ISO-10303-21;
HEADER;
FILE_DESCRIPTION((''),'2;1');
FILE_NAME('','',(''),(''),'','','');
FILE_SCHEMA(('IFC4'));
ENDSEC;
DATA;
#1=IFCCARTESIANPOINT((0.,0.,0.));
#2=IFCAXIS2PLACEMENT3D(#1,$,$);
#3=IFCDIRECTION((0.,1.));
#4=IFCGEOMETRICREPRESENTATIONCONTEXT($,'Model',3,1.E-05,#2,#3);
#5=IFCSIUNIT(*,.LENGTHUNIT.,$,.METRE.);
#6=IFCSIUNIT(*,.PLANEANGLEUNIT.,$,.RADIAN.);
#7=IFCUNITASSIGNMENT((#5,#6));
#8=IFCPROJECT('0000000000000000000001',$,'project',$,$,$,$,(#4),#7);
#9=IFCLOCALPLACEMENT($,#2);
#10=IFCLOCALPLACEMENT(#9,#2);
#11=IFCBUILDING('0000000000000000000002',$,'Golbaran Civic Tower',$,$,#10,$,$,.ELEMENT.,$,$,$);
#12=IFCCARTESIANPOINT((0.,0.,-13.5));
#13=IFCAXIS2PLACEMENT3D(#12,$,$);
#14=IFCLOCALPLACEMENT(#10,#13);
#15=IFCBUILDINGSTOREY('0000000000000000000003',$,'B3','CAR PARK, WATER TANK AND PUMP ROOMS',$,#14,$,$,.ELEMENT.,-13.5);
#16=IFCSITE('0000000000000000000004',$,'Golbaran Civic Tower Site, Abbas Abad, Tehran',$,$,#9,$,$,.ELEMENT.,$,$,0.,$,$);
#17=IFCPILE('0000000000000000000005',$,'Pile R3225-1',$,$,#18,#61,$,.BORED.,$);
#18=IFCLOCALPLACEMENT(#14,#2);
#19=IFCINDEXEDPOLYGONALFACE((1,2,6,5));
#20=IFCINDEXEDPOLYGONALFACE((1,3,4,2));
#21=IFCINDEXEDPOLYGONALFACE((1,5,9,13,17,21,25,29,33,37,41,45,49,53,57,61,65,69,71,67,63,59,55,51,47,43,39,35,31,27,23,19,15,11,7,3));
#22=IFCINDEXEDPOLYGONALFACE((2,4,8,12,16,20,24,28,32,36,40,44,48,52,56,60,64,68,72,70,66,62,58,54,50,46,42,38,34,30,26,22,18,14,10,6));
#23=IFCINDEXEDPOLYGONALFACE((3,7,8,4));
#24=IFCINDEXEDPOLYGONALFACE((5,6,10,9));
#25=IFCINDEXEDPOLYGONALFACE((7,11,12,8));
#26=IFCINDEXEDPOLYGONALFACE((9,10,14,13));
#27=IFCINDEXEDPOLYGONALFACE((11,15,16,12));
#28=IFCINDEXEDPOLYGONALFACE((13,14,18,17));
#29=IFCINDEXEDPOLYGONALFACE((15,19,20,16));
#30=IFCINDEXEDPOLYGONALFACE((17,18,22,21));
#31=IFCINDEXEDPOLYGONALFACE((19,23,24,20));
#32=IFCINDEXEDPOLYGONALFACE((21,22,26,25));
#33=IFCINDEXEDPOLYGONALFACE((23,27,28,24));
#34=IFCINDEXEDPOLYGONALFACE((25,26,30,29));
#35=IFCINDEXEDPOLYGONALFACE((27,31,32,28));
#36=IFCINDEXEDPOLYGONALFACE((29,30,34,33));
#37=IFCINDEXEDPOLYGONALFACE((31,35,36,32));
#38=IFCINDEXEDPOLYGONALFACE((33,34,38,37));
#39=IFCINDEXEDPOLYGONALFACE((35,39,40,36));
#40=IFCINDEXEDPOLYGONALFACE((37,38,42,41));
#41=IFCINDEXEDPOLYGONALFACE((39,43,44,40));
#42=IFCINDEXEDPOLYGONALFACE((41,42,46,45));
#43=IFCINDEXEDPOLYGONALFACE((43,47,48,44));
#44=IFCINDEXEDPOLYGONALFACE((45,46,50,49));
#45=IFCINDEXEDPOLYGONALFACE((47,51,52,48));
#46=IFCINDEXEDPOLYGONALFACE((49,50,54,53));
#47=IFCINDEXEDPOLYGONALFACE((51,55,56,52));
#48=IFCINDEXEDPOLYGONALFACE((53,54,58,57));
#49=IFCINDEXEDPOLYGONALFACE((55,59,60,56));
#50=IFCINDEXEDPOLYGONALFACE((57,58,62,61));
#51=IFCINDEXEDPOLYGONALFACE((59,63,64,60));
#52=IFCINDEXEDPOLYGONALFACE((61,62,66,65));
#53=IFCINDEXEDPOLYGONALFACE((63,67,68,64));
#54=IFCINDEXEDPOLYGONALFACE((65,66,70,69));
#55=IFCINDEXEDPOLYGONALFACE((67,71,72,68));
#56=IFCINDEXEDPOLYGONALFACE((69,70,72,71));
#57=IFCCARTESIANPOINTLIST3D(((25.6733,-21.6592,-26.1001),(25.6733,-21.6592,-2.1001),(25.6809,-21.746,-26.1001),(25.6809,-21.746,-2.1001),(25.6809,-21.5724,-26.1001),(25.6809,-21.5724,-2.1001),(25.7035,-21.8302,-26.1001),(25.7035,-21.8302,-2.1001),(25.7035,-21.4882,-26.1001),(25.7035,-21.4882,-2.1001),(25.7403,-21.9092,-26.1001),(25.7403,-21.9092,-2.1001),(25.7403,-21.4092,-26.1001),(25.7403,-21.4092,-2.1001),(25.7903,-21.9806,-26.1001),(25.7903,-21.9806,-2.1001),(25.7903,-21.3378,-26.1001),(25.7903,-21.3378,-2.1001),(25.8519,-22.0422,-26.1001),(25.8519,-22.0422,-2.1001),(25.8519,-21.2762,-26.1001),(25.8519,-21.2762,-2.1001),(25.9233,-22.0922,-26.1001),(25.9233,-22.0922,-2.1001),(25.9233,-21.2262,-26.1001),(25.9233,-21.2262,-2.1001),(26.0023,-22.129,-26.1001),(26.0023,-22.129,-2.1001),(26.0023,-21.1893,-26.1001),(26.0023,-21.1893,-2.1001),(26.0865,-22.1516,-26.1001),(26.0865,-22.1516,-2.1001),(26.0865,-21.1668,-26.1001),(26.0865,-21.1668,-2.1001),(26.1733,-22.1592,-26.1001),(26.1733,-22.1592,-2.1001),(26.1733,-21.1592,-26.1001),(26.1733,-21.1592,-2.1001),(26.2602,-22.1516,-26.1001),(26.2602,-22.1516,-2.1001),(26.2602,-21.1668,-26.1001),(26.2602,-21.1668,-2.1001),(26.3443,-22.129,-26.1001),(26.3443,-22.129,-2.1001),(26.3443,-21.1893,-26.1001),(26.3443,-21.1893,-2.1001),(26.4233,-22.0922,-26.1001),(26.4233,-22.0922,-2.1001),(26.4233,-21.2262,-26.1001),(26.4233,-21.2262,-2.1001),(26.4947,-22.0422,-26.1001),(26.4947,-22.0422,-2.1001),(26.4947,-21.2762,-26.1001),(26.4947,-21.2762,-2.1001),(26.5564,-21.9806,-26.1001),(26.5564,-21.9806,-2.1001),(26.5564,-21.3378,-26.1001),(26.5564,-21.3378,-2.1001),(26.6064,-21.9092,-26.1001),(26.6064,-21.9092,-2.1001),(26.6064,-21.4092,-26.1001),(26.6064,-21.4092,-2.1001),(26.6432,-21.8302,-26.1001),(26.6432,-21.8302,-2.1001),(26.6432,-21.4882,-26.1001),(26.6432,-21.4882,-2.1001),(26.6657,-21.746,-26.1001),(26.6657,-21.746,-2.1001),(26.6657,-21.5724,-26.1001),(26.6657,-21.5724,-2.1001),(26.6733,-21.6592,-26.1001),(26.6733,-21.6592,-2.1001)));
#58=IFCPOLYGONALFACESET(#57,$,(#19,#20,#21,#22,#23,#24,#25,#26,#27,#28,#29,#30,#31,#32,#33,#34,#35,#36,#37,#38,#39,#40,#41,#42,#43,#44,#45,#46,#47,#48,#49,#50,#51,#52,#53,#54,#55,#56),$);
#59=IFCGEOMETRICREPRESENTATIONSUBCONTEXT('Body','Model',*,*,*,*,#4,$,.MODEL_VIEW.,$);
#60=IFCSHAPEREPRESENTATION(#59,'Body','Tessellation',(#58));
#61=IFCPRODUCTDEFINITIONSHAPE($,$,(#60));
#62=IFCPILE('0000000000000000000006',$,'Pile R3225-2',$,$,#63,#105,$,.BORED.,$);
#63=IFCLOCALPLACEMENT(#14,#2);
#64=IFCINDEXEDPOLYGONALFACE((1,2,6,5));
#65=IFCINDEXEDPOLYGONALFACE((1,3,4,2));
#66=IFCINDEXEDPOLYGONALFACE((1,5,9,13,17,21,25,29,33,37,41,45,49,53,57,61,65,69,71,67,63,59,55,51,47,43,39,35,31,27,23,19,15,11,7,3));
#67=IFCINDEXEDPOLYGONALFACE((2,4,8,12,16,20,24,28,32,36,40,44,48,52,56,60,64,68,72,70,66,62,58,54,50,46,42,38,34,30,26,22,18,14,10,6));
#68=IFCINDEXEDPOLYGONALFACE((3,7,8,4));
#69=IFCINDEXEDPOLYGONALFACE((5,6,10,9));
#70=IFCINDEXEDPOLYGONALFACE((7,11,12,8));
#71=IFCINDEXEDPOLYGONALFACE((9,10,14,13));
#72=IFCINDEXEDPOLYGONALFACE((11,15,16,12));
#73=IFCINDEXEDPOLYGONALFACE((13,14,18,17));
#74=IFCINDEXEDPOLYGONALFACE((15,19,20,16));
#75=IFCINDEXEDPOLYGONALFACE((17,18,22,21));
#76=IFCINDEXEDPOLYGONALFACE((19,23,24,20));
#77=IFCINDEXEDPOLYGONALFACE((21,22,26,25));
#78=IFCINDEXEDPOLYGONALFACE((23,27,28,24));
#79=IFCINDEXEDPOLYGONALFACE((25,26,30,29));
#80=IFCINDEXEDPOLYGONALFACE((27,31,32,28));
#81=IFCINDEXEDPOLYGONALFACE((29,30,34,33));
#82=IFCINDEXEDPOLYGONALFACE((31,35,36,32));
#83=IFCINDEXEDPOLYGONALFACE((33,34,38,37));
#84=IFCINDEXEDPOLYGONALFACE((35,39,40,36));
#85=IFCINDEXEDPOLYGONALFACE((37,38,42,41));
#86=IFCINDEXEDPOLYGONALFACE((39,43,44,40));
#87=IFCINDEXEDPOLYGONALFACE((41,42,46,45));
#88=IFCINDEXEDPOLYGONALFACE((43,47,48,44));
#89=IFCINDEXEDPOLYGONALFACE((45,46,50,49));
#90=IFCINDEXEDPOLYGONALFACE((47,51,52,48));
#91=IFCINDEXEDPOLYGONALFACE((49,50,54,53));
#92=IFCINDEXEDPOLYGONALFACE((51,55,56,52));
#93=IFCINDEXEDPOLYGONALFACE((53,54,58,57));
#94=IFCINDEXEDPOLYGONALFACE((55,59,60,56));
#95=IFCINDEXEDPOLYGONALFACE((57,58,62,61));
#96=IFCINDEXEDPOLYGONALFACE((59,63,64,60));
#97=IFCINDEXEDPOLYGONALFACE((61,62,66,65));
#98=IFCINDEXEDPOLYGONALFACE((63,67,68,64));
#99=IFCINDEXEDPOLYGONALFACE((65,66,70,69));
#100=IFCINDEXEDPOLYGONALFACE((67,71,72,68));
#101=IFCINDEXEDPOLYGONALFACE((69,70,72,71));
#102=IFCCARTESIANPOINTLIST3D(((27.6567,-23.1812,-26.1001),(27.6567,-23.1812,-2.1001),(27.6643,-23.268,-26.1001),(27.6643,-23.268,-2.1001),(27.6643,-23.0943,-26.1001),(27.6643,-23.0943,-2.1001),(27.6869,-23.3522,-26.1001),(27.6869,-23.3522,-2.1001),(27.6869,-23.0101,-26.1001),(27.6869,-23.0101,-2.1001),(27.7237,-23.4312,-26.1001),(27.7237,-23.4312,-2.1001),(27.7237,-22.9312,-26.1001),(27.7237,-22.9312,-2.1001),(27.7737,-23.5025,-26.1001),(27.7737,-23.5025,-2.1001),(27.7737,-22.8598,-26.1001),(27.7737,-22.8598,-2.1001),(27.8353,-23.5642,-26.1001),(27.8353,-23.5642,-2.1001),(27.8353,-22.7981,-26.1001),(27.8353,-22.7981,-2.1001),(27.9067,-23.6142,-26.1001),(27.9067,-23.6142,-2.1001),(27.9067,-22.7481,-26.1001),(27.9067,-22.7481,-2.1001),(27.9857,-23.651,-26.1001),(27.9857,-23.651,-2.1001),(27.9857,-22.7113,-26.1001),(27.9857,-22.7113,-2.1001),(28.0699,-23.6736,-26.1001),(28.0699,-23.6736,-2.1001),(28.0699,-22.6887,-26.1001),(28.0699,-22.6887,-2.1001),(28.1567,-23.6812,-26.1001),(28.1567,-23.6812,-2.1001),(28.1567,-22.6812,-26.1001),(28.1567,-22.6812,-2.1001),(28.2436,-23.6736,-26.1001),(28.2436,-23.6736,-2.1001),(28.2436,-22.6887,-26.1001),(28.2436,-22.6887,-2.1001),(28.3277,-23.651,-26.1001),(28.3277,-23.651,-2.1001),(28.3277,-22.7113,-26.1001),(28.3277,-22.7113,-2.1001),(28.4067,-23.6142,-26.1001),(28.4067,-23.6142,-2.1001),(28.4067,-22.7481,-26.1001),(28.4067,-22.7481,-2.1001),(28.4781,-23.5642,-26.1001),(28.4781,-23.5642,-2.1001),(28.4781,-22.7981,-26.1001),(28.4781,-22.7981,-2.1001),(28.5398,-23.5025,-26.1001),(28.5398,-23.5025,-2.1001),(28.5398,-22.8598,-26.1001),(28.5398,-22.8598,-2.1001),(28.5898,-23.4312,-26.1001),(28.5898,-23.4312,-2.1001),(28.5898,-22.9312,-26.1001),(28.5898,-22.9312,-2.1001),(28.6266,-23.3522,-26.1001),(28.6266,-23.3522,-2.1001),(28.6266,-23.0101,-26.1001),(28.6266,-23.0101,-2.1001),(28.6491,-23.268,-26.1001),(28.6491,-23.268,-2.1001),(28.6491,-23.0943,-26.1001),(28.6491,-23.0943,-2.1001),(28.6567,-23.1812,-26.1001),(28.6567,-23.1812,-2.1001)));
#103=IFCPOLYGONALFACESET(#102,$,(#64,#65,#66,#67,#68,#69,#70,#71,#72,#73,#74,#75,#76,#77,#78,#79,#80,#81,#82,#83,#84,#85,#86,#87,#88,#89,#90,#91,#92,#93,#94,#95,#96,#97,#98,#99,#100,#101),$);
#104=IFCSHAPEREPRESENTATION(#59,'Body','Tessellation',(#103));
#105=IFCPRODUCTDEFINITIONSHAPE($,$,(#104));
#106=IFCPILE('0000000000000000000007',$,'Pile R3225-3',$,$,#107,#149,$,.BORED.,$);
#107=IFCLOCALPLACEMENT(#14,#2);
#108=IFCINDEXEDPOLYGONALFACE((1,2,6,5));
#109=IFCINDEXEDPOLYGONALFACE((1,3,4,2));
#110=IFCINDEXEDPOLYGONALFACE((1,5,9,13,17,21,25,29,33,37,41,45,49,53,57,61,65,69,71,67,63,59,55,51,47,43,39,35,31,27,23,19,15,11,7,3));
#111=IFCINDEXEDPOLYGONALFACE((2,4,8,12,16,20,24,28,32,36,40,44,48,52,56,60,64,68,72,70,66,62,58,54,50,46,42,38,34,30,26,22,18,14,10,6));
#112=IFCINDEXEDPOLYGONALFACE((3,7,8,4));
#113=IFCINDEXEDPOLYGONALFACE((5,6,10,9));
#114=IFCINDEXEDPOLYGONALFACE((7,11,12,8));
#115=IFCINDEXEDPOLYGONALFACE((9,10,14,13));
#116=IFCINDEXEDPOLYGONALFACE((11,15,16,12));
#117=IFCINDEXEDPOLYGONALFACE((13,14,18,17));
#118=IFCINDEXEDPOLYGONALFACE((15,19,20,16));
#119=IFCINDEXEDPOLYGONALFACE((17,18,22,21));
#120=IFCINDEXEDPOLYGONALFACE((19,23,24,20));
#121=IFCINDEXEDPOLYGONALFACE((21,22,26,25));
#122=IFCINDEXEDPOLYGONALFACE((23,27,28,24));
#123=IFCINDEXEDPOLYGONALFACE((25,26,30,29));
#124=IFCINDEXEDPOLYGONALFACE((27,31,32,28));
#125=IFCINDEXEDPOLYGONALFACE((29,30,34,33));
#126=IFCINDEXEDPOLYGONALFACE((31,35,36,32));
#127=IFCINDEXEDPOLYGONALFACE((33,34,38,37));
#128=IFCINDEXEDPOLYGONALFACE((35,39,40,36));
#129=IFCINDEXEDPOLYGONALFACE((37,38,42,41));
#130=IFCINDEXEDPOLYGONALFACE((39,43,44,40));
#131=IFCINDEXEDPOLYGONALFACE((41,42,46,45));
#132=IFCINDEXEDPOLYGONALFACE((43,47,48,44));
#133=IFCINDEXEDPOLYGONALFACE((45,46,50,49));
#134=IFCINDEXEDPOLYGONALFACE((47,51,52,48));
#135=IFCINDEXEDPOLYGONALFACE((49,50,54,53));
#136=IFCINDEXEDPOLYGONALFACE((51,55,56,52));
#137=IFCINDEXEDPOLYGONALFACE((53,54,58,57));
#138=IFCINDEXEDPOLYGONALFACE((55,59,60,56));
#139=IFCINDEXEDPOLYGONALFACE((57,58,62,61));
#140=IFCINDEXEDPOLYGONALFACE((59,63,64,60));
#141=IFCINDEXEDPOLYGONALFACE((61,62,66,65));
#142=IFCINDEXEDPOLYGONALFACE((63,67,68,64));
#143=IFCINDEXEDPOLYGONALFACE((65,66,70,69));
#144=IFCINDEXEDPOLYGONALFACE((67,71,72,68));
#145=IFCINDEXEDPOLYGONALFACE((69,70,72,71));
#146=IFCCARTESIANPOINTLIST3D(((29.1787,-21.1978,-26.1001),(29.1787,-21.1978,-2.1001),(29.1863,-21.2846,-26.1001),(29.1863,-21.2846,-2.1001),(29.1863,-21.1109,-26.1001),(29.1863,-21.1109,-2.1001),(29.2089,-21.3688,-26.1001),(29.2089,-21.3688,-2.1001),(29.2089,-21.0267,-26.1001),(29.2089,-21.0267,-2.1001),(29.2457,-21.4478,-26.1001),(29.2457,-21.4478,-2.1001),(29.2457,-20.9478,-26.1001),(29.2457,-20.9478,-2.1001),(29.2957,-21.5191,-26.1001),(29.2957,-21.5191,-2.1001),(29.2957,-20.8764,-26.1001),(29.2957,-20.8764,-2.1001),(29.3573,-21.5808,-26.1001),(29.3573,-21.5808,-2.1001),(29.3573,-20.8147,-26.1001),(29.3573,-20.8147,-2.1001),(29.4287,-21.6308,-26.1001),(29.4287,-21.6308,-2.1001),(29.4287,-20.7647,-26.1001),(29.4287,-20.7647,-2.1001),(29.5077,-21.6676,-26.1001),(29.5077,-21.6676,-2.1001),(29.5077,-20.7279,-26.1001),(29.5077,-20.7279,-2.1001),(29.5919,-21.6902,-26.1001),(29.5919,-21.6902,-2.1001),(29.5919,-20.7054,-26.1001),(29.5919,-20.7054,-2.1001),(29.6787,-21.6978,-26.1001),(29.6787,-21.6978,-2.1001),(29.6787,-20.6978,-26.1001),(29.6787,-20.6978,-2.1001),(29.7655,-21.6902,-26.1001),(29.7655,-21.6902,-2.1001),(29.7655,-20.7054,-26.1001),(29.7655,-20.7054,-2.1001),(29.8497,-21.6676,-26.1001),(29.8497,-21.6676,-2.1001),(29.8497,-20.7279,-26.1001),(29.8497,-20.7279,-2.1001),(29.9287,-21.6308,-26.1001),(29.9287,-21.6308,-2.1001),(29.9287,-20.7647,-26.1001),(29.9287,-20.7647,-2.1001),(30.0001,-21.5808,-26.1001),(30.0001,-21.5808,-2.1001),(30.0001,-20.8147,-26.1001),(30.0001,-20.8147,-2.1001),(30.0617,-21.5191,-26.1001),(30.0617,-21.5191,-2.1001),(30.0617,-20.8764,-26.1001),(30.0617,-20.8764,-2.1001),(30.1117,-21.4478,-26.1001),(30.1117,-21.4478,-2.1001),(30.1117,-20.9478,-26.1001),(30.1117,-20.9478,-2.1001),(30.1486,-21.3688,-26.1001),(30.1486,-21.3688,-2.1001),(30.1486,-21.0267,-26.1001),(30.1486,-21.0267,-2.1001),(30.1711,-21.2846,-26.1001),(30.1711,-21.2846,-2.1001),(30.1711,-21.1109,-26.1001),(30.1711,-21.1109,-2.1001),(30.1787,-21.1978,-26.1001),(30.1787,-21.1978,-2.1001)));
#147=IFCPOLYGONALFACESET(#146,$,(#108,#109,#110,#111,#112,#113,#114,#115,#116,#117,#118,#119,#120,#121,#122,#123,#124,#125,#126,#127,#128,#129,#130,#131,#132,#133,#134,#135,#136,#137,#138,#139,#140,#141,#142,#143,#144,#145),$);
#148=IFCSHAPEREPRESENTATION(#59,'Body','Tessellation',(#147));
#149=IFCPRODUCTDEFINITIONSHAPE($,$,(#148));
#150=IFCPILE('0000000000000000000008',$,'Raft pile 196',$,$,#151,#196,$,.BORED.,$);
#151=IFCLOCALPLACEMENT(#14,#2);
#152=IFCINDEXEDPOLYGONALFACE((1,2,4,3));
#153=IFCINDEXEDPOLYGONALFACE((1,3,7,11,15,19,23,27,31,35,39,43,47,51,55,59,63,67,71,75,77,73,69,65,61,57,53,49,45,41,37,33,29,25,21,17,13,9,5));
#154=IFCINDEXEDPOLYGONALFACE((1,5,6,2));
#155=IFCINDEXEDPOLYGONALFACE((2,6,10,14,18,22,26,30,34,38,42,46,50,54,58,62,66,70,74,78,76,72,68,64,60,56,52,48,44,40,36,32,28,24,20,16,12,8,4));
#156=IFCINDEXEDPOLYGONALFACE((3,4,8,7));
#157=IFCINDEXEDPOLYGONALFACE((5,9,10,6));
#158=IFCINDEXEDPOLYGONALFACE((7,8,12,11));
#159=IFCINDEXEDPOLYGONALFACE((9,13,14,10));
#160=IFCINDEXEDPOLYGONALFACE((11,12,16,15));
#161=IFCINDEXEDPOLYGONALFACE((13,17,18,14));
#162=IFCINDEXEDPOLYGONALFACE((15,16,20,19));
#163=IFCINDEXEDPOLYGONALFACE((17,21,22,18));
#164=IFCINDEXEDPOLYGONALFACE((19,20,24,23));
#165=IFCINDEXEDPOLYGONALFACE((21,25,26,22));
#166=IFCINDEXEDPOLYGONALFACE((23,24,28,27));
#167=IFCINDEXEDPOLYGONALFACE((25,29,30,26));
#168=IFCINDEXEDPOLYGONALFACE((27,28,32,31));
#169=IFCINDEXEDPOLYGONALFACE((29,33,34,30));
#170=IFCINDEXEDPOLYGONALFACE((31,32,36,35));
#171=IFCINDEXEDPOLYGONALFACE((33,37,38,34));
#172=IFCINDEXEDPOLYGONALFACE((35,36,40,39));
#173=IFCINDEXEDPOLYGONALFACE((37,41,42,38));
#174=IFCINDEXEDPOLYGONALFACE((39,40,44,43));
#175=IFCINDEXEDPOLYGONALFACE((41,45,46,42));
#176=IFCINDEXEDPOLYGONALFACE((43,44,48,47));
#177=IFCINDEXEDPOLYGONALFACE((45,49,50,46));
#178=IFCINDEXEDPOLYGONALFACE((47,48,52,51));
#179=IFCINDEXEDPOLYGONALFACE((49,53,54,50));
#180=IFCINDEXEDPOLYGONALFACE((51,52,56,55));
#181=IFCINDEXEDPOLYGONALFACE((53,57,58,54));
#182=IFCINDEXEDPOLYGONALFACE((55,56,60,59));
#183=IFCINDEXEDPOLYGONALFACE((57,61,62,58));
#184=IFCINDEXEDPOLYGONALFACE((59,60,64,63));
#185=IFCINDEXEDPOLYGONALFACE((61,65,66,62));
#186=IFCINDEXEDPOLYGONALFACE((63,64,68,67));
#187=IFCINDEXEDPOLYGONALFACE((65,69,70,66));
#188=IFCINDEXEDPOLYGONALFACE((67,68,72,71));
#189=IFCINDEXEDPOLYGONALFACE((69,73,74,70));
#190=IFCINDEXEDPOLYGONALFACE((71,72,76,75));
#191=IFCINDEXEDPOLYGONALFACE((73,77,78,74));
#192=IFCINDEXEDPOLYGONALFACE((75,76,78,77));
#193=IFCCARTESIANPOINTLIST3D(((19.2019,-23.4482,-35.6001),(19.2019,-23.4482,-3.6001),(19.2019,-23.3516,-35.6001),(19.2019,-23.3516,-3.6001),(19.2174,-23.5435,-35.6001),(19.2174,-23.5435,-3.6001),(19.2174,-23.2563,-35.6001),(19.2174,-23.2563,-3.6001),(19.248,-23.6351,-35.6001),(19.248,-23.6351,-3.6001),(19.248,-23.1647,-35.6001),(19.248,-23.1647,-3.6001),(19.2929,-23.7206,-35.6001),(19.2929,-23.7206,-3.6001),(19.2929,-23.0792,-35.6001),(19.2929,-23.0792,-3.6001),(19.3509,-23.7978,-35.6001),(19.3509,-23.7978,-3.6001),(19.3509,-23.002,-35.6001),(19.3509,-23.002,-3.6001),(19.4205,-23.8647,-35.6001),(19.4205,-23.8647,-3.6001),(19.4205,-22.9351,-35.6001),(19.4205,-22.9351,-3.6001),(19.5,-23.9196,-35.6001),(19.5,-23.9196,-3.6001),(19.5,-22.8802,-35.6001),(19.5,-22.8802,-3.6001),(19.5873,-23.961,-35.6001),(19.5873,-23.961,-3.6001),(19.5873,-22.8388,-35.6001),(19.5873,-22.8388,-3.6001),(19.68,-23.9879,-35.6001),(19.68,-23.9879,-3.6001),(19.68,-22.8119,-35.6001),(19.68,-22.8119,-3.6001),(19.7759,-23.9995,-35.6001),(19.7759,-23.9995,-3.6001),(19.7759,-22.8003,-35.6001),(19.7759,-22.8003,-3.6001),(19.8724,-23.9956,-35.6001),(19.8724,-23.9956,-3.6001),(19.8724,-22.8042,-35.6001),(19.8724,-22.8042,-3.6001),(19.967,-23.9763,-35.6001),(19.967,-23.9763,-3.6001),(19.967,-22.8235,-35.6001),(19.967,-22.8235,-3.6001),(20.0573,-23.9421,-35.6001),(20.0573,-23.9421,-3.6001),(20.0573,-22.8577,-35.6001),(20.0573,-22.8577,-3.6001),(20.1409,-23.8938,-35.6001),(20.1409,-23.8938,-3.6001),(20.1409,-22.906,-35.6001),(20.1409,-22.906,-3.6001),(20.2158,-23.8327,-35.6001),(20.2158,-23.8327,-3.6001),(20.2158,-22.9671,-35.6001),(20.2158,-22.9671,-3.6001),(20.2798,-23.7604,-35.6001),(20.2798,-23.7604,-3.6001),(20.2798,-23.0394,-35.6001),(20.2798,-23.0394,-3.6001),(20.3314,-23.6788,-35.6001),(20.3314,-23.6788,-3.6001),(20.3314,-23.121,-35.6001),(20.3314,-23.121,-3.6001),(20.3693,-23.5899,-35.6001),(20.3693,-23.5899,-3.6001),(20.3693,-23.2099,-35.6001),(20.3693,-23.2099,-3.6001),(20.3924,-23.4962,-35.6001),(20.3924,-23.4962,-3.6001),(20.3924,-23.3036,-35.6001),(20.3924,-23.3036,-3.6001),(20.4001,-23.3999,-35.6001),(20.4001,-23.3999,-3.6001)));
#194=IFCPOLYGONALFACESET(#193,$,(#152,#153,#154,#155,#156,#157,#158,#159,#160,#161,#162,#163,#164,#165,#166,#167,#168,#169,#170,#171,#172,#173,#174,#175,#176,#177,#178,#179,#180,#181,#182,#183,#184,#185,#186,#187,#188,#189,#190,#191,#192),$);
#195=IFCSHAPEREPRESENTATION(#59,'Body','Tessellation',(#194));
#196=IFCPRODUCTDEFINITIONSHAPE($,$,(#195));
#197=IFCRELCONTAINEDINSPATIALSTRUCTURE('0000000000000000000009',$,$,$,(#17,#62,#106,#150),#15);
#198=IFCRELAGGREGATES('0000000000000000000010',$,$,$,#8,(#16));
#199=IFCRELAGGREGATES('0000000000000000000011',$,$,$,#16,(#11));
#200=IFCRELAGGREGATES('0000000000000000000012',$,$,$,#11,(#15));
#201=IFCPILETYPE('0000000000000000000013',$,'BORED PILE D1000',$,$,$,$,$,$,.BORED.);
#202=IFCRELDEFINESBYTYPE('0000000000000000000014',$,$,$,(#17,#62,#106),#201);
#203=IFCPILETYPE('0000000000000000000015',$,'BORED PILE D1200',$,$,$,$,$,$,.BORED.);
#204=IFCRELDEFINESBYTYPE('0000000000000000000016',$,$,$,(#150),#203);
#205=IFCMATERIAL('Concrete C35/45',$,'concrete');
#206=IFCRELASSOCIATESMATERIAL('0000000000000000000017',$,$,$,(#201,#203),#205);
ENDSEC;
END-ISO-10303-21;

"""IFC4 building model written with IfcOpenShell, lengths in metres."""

from ifc_helpers import new_model, si_unit, direction, frame, origin, origin_2d, place, context, subcontext, project, spatial, circle, extrude, material, material_profile, profile_set, type_object, element, save


model = new_model("IFC4")

# Units and contexts
model_context = context("Model", 3, precision=1e-05, world=origin(), true_north=direction((0.0, 1.0)))
body_context = subcontext(model_context, "Body", "Model", "MODEL_VIEW")
ifc_project = project(units=[si_unit("LENGTHUNIT", "METRE"), si_unit("PLANEANGLEUNIT", "RADIAN")], contexts=[model_context])

# Site, building, storey
site_placement = place(None, origin())
site = spatial("IfcSite", under=ifc_project, at=site_placement, Name="Golbaran Civic Tower Site, Abbas Abad, Tehran", CompositionType="ELEMENT", RefElevation=0.0)
building_placement = place(site_placement, origin())
building = spatial("IfcBuilding", under=site, at=building_placement, Name="Golbaran Civic Tower", CompositionType="ELEMENT")
storey_placement = place(building_placement, frame((0.0, 0.0, -13.5)))
storey = spatial("IfcBuildingStorey", under=building, at=storey_placement, Name="B3", Description="CAR PARK, WATER TANK AND PUMP ROOMS", CompositionType="ELEMENT", Elevation=-13.5)

# Piles
ifc_material_1 = material(Name="Concrete C35/45", Category="concrete")
ifc_material_profile_1 = material_profile(ifc_material_1, circle(Radius=0.5, at=origin_2d()), Name="BORED PILE D1000")
ifc_profile_set_1 = profile_set([ifc_material_profile_1], Name="Concrete C35/45")
pile_type_1 = type_object("IfcPileType", Name="BORED PILE D1000", PredefinedType="BORED", material=ifc_profile_set_1)
for number, where, z_axis, x_axis, name in (
    (1, (26.1733, -21.6592, -2.1001), (0.0, 0.0, -1.0), (1.0, 0.0, 0.0), "Pile R3225-1"),
    (2, (28.1567, -23.1812, -2.1001), (0.0, 0.0, -1.0), (1.0, 0.0, 0.0), "Pile R3225-2"),
    (3, (29.6787, -21.1978, -2.1001), (0.0, 0.0, -1.0), (1.0, 0.0, 0.0), "Pile R3225-3"),
):
    element("IfcPile", number, at=place(storey_placement, frame(where, z_axis=z_axis, x_axis=x_axis)), inside=storey, type_object=pile_type_1, Name=name, PredefinedType="BORED", context=body_context, shape_type="SweptSolid", body=[
        extrude(circle(Radius=0.5, at=origin_2d()), origin(), (0.0, 0.0, 1.0), 24.0),
    ])
ifc_material_profile_2 = material_profile(ifc_material_1, circle(Radius=0.6001, at=origin_2d()), Name="BORED PILE D1200")
ifc_profile_set_2 = profile_set([ifc_material_profile_2], Name="Concrete C35/45")
pile_type_2 = type_object("IfcPileType", Name="BORED PILE D1200", PredefinedType="BORED", material=ifc_profile_set_2)
pile_placement = place(storey_placement, frame((19.8, -23.3999, -3.6001), z_axis=(0.0, 0.0, -1.0), x_axis=(1.0, 0.0, 0.0)))
element("IfcPile", 4, at=pile_placement, inside=storey, type_object=pile_type_2, Name="Raft pile 196", PredefinedType="BORED", context=body_context, shape_type="SweptSolid", body=[
    extrude(circle(Radius=0.6001, at=origin_2d()), origin(), (0.0, 0.0, 1.0), 32.0),
])

save(model, "model.ifc")
